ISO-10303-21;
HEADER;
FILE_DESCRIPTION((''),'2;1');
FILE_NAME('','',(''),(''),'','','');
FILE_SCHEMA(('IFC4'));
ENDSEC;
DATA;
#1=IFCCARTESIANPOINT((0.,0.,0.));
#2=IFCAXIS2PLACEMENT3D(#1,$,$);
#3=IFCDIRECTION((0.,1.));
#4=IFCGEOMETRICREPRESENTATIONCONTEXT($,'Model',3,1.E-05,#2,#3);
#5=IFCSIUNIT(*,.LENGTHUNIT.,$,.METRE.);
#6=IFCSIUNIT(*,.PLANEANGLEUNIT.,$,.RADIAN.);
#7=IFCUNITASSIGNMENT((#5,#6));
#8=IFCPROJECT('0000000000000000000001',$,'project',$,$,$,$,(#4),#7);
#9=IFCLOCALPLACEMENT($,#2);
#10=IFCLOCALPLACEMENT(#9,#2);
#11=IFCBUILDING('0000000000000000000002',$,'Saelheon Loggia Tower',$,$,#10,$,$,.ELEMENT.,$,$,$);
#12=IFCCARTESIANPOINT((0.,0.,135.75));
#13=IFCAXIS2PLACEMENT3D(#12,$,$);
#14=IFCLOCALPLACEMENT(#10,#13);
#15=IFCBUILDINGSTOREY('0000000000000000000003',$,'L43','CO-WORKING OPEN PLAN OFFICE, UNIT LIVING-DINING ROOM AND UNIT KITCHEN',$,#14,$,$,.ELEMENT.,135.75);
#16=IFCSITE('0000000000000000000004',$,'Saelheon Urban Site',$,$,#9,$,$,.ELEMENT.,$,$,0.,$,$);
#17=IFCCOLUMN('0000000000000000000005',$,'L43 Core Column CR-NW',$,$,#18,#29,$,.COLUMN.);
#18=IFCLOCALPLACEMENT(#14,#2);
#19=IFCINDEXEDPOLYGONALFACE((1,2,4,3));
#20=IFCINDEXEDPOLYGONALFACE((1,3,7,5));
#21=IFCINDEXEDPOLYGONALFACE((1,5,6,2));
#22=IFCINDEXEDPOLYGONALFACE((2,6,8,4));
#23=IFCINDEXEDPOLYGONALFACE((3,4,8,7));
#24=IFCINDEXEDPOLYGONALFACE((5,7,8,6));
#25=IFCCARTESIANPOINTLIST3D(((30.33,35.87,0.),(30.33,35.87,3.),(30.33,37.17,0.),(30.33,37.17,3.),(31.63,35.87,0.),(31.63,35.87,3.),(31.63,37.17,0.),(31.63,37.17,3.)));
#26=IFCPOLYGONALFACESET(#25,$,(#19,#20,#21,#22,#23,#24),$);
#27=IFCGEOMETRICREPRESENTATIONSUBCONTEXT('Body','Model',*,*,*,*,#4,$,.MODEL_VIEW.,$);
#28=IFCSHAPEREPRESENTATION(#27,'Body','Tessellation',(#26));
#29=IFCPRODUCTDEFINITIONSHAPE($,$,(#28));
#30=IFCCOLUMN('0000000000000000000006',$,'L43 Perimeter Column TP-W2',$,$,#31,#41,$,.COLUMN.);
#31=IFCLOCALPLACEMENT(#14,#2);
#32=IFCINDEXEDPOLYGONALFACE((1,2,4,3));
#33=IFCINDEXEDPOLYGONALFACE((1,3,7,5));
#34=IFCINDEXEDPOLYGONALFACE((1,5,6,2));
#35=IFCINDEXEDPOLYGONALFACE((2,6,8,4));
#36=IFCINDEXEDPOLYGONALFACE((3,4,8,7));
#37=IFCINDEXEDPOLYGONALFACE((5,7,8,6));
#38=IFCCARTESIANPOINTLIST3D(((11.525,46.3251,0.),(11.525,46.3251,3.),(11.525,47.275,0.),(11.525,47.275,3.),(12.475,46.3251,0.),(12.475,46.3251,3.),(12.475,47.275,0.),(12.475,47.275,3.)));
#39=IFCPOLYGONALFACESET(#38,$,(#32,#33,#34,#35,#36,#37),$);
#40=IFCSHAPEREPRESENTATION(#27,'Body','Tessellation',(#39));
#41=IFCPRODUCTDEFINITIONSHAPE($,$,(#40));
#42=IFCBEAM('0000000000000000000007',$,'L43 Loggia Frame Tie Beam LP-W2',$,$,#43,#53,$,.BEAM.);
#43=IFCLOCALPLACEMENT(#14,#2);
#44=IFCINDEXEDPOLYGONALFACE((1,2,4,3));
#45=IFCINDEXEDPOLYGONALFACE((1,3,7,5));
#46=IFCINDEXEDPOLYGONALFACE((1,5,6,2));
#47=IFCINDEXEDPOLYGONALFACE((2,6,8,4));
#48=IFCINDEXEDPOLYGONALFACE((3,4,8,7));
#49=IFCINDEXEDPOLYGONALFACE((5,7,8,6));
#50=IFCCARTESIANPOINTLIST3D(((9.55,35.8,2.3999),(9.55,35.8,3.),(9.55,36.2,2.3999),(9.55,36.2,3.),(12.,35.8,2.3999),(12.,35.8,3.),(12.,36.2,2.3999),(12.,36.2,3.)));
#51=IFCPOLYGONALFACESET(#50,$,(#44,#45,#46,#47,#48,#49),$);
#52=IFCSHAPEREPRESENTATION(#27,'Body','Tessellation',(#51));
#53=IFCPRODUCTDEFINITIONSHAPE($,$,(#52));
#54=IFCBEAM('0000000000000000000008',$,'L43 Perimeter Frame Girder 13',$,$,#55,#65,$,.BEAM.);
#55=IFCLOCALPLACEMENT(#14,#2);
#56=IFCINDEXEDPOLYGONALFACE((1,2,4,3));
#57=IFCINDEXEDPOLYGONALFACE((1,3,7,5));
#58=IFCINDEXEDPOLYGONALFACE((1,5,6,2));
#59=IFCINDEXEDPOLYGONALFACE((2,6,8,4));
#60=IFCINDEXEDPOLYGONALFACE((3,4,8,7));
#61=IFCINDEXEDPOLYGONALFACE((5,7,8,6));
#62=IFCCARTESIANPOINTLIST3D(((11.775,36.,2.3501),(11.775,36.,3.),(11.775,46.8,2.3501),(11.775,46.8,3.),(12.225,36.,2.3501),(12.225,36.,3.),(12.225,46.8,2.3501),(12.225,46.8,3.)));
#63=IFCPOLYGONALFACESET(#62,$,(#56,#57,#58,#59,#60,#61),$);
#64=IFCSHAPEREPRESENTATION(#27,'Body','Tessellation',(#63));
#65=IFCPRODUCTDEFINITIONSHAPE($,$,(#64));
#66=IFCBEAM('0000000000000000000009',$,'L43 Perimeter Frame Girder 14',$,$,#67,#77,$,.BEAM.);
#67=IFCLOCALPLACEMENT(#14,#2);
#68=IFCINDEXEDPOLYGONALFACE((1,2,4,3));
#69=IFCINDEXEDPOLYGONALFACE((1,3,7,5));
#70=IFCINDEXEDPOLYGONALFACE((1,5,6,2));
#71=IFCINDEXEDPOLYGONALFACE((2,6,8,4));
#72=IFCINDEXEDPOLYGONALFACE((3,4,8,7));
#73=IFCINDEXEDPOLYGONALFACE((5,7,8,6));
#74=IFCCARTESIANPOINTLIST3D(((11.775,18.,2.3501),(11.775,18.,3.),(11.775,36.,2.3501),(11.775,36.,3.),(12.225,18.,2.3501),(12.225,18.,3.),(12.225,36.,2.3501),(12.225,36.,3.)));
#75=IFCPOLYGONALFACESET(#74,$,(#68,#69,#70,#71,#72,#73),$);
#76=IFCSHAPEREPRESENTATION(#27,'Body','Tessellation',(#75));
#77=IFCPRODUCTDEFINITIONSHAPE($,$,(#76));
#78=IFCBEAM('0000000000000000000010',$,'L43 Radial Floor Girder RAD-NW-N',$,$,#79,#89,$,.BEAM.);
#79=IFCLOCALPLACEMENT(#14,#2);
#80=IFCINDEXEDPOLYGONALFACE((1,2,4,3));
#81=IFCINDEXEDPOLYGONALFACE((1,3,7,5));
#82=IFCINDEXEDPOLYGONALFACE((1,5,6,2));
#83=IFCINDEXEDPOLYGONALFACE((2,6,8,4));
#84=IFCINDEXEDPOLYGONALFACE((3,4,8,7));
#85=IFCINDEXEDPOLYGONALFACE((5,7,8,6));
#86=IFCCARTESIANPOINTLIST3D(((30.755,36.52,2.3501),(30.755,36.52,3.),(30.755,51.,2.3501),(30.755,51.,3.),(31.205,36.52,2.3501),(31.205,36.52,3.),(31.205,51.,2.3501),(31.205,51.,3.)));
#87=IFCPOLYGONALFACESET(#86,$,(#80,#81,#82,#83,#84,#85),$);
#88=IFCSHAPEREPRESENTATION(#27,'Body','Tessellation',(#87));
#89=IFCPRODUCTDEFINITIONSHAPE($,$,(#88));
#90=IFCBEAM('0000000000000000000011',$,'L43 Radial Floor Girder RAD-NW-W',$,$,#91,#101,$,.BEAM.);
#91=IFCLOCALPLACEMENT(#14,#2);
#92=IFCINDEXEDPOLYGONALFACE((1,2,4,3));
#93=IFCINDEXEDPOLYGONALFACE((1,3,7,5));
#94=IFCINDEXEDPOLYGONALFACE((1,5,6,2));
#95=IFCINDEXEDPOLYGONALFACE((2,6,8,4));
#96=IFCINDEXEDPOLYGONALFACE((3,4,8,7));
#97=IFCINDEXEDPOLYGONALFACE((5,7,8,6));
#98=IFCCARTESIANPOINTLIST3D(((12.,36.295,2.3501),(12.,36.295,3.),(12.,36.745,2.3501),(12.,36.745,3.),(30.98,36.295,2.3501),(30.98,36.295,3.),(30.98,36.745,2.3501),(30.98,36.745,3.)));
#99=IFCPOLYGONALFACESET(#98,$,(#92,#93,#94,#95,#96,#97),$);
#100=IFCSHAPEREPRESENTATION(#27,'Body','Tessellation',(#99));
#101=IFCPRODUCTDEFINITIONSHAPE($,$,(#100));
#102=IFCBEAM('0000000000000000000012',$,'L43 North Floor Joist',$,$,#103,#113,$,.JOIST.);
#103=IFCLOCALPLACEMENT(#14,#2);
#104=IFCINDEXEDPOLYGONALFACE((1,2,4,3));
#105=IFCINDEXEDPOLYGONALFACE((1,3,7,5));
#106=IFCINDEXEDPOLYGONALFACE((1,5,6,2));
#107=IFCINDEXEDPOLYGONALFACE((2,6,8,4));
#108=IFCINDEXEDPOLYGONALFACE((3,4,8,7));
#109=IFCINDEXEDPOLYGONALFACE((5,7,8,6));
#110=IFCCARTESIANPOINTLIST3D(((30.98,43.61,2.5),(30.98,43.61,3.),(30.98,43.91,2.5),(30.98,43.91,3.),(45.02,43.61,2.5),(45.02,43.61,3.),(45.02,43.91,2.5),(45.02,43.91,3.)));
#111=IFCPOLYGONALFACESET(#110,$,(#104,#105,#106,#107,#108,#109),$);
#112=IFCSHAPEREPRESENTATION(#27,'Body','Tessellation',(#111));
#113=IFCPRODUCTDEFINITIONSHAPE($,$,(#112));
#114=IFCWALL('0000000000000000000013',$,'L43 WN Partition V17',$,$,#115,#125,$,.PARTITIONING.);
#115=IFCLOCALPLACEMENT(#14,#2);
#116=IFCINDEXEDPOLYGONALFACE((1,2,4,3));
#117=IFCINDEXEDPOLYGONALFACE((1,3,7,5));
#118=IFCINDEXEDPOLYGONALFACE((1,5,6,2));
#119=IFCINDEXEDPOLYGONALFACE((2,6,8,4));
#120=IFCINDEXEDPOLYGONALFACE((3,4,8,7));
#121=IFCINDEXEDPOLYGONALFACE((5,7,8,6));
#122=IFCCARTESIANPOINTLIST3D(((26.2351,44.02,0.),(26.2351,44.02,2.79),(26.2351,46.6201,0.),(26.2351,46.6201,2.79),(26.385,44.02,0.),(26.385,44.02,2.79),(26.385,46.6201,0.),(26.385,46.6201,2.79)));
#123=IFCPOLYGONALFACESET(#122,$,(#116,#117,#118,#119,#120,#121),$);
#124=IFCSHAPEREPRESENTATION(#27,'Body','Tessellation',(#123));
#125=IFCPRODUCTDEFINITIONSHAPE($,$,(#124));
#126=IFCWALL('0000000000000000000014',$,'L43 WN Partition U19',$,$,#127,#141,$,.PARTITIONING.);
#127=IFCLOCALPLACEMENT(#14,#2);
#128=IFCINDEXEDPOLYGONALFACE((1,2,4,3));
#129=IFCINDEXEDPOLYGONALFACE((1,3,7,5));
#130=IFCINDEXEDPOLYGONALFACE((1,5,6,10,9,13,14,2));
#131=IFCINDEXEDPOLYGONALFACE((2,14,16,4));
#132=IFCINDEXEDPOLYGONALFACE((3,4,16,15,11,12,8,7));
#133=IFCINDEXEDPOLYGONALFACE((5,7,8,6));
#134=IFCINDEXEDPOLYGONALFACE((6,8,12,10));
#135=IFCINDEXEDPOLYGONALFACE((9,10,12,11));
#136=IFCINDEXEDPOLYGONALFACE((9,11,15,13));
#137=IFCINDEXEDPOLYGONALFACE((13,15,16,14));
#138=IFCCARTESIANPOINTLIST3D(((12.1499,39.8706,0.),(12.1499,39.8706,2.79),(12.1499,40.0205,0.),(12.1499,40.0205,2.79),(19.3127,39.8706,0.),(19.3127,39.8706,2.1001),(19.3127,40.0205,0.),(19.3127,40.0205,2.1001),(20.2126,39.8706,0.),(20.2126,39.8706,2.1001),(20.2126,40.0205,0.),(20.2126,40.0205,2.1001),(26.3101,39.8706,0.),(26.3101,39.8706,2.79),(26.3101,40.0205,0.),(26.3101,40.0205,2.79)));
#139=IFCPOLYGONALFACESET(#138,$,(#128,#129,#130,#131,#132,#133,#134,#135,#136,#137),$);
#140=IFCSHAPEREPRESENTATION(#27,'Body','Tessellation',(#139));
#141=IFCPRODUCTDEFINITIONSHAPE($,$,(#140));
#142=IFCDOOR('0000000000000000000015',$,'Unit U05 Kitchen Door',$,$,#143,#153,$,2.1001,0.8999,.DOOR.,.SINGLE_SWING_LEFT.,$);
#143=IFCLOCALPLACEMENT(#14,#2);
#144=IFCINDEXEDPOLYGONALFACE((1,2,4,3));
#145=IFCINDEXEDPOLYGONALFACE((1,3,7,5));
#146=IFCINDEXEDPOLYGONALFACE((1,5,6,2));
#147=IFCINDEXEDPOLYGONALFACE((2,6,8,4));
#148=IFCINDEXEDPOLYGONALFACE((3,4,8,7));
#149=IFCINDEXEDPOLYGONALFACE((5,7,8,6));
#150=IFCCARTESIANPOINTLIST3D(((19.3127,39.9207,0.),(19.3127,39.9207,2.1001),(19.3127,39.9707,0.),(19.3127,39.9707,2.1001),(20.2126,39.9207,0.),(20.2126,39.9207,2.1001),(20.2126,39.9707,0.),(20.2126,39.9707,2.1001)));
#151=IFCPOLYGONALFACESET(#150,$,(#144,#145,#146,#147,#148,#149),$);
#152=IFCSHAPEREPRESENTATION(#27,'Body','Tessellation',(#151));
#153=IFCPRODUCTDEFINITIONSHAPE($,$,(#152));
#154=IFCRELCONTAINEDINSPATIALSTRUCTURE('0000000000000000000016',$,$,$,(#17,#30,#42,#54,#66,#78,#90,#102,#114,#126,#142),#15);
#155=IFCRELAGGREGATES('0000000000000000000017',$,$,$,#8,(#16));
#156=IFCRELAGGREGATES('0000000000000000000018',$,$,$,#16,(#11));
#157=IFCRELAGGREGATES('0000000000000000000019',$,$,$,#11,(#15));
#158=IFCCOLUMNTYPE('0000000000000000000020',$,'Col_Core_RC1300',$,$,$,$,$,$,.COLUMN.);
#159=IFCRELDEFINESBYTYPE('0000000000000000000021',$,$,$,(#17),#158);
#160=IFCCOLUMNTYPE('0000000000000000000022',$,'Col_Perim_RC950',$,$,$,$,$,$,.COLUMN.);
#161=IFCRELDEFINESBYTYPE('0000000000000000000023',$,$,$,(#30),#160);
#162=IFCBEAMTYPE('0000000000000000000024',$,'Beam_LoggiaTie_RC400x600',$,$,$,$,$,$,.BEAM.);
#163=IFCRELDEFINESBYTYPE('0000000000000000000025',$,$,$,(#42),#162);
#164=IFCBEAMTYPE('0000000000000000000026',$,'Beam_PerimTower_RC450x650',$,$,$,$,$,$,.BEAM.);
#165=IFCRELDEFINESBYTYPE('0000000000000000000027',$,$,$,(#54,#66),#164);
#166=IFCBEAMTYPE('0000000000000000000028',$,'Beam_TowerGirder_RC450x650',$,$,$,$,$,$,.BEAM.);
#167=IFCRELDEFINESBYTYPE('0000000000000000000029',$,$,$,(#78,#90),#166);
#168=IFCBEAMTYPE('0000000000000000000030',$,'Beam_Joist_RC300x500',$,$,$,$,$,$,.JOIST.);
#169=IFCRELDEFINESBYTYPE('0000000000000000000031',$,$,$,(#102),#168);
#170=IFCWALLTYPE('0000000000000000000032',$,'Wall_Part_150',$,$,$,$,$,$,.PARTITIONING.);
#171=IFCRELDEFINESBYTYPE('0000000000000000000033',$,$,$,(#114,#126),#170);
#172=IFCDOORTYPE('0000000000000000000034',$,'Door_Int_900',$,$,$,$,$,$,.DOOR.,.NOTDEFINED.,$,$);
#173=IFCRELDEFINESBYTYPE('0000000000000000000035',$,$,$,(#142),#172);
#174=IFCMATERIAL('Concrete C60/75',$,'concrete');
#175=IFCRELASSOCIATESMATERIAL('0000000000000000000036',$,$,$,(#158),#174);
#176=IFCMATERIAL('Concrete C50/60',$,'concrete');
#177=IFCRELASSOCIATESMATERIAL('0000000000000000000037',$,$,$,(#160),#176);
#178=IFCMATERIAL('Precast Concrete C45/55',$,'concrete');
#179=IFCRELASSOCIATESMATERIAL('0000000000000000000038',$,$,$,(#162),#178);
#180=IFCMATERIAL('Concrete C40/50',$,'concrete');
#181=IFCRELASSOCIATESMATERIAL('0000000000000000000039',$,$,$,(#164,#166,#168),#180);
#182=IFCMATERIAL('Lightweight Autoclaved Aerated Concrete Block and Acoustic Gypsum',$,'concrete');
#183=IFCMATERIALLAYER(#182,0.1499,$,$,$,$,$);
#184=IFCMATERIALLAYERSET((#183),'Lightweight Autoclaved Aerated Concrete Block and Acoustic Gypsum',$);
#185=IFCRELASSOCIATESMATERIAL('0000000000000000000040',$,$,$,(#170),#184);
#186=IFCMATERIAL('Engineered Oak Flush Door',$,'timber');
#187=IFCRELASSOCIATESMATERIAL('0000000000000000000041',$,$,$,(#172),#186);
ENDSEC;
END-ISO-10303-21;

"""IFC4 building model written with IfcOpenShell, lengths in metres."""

from ifc_helpers import new_model, si_unit, direction, frame, frame_2d, origin, origin_2d, place, context, subcontext, project, spatial, rectangle, extrude, source, transform, mapped, material, layer, layer_set, material_profile, profile_set, type_object, element, fill, save


model = new_model("IFC4")

# Units and contexts
model_context = context("Model", 3, precision=1e-05, world=origin(), true_north=direction((0.0, 1.0)))
body_context = subcontext(model_context, "Body", "Model", "MODEL_VIEW")
ifc_project = project(units=[si_unit("LENGTHUNIT", "METRE"), si_unit("PLANEANGLEUNIT", "RADIAN")], contexts=[model_context])

# Site, building, storey
site_placement = place(None, origin())
site = spatial("IfcSite", under=ifc_project, at=site_placement, Name="Saelheon Urban Site", CompositionType="ELEMENT", RefElevation=0.0)
building_placement = place(site_placement, origin())
building = spatial("IfcBuilding", under=site, at=building_placement, Name="Saelheon Loggia Tower", CompositionType="ELEMENT")
storey_placement = place(building_placement, frame((0.0, 0.0, 135.75)))
storey = spatial("IfcBuildingStorey", under=building, at=storey_placement, Name="L43", Description="CO-WORKING OPEN PLAN OFFICE, UNIT LIVING-DINING ROOM AND UNIT KITCHEN", CompositionType="ELEMENT", Elevation=135.75)

# Columns
ifc_material_1 = material(Name="Concrete C60/75", Category="concrete")
ifc_material_profile_1 = material_profile(ifc_material_1, rectangle(XDim=1.3, YDim=1.3, at=origin_2d()), Name="RC-1300x1300")
ifc_profile_set_1 = profile_set([ifc_material_profile_1], Name="Concrete C60/75")
column_type_1 = type_object("IfcColumnType", Name="Col_Core_RC1300", PredefinedType="COLUMN", material=ifc_profile_set_1)
shared_shape_1 = source(origin(), body_context, "Body", "SweptSolid", [
    extrude(rectangle(XDim=1.3, YDim=1.3, at=origin_2d()), origin(), (0.0, 0.0, 1.0), 3.0),
])
column_1_placement = place(storey_placement, frame((30.98, 36.52, 0.0), z_axis=(0.0, 0.0, 1.0), x_axis=(1.0, 0.0, 0.0)))
element("IfcColumn", 1, at=column_1_placement, inside=storey, type_object=column_type_1, Name="L43 Core Column CR-NW", PredefinedType="COLUMN", context=body_context, shape_type="MappedRepresentation", body=[
    mapped(shared_shape_1, transform((0.0, 0.0, 0.0), scale=1.0)),
])
ifc_material_2 = material(Name="Concrete C50/60", Category="concrete")
ifc_material_profile_2 = material_profile(ifc_material_2, rectangle(XDim=0.95, YDim=0.95, at=origin_2d()), Name="RC-950x950")
ifc_profile_set_2 = profile_set([ifc_material_profile_2], Name="Concrete C50/60")
column_type_2 = type_object("IfcColumnType", Name="Col_Perim_RC950", PredefinedType="COLUMN", material=ifc_profile_set_2)
shared_shape_2 = source(origin(), body_context, "Body", "SweptSolid", [
    extrude(rectangle(XDim=0.95, YDim=0.95, at=origin_2d()), origin(), (0.0, 0.0, 1.0), 3.0),
])
column_2_placement = place(storey_placement, frame((12.0, 46.8, 0.0), z_axis=(0.0, 0.0, 1.0), x_axis=(1.0, 0.0, 0.0)))
element("IfcColumn", 2, at=column_2_placement, inside=storey, type_object=column_type_2, Name="L43 Perimeter Column TP-W2", PredefinedType="COLUMN", context=body_context, shape_type="MappedRepresentation", body=[
    mapped(shared_shape_2, transform((0.0, 0.0, 0.0), scale=1.0)),
])

# Beams
ifc_material_3 = material(Name="Precast Concrete C45/55", Category="concrete")
ifc_material_profile_3 = material_profile(ifc_material_3, rectangle(XDim=0.3999, YDim=0.6001, at=origin_2d()), Name="RC-400x600")
ifc_profile_set_3 = profile_set([ifc_material_profile_3], Name="Precast Concrete C45/55")
beam_type_1 = type_object("IfcBeamType", Name="Beam_LoggiaTie_RC400x600", PredefinedType="BEAM", material=ifc_profile_set_3)
shared_shape_3 = source(origin(), body_context, "Body", "SweptSolid", [
    extrude(rectangle(XDim=0.3999, YDim=0.6001, at=origin_2d()), origin(), (0.0, 0.0, 1.0), 2.45),
])
beam_1_placement = place(storey_placement, frame((12.0, 36.0, 2.7), z_axis=(-1.0, 0.0, 0.0), x_axis=(0.0, -1.0, 0.0)))
element("IfcBeam", 3, at=beam_1_placement, inside=storey, type_object=beam_type_1, Name="L43 Loggia Frame Tie Beam LP-W2", PredefinedType="BEAM", context=body_context, shape_type="MappedRepresentation", body=[
    mapped(shared_shape_3, transform((0.0, 0.0, 0.0), scale=1.0)),
])
ifc_material_4 = material(Name="Concrete C40/50", Category="concrete")
ifc_material_profile_4 = material_profile(ifc_material_4, rectangle(XDim=0.45, YDim=0.6499, at=origin_2d()), Name="RC-450x650")
ifc_profile_set_4 = profile_set([ifc_material_profile_4], Name="Concrete C40/50")
beam_type_2 = type_object("IfcBeamType", Name="Beam_PerimTower_RC450x650", PredefinedType="BEAM", material=ifc_profile_set_4)
shared_shape_4 = source(origin(), body_context, "Body", "SweptSolid", [
    extrude(rectangle(XDim=0.45, YDim=0.6499, at=origin_2d()), origin(), (0.0, 0.0, 1.0), 10.8),
])
beam_2_placement = place(storey_placement, frame((12.0, 46.8, 2.675), z_axis=(0.0, -1.0, 0.0), x_axis=(1.0, 0.0, 0.0)))
element("IfcBeam", 4, at=beam_2_placement, inside=storey, type_object=beam_type_2, Name="L43 Perimeter Frame Girder 13", PredefinedType="BEAM", context=body_context, shape_type="MappedRepresentation", body=[
    mapped(shared_shape_4, transform((0.0, 0.0, 0.0), scale=1.0)),
])
shared_shape_5 = source(origin(), body_context, "Body", "SweptSolid", [
    extrude(rectangle(XDim=0.45, YDim=0.6499, at=origin_2d()), origin(), (0.0, 0.0, 1.0), 18.0),
])
beam_3_placement = place(storey_placement, frame((12.0, 36.0, 2.675), z_axis=(0.0, -1.0, 0.0), x_axis=(1.0, 0.0, 0.0)))
element("IfcBeam", 5, at=beam_3_placement, inside=storey, type_object=beam_type_2, Name="L43 Perimeter Frame Girder 14", PredefinedType="BEAM", context=body_context, shape_type="MappedRepresentation", body=[
    mapped(shared_shape_5, transform((0.0, 0.0, 0.0), scale=1.0)),
])
ifc_material_profile_5 = material_profile(ifc_material_4, rectangle(XDim=0.45, YDim=0.6499, at=origin_2d()), Name="RC-450x650")
ifc_profile_set_5 = profile_set([ifc_material_profile_5], Name="Concrete C40/50")
beam_type_3 = type_object("IfcBeamType", Name="Beam_TowerGirder_RC450x650", PredefinedType="BEAM", material=ifc_profile_set_5)
shared_shape_6 = source(origin(), body_context, "Body", "SweptSolid", [
    extrude(rectangle(XDim=0.45, YDim=0.6499, at=origin_2d()), origin(), (0.0, 0.0, 1.0), 14.48),
])
beam_4_placement = place(storey_placement, frame((30.98, 36.52, 2.675), z_axis=(0.0, 1.0, 0.0), x_axis=(-1.0, 0.0, 0.0)))
element("IfcBeam", 6, at=beam_4_placement, inside=storey, type_object=beam_type_3, Name="L43 Radial Floor Girder RAD-NW-N", PredefinedType="BEAM", context=body_context, shape_type="MappedRepresentation", body=[
    mapped(shared_shape_6, transform((0.0, 0.0, 0.0), scale=1.0)),
])
shared_shape_7 = source(origin(), body_context, "Body", "SweptSolid", [
    extrude(rectangle(XDim=0.45, YDim=0.6499, at=origin_2d()), origin(), (0.0, 0.0, 1.0), 18.98),
])
beam_5_placement = place(storey_placement, frame((30.98, 36.52, 2.675), z_axis=(-1.0, 0.0, 0.0), x_axis=(0.0, -1.0, 0.0)))
element("IfcBeam", 7, at=beam_5_placement, inside=storey, type_object=beam_type_3, Name="L43 Radial Floor Girder RAD-NW-W", PredefinedType="BEAM", context=body_context, shape_type="MappedRepresentation", body=[
    mapped(shared_shape_7, transform((0.0, 0.0, 0.0), scale=1.0)),
])
ifc_material_profile_6 = material_profile(ifc_material_4, rectangle(XDim=0.3, YDim=0.5, at=origin_2d()), Name="RC-300x500")
ifc_profile_set_6 = profile_set([ifc_material_profile_6], Name="Concrete C40/50")
beam_type_4 = type_object("IfcBeamType", Name="Beam_Joist_RC300x500", PredefinedType="JOIST", material=ifc_profile_set_6)
shared_shape_8 = source(origin(), body_context, "Body", "SweptSolid", [
    extrude(rectangle(XDim=0.3, YDim=0.5, at=origin_2d()), origin(), (0.0, 0.0, 1.0), 14.04),
])
beam_6_placement = place(storey_placement, frame((30.98, 43.76, 2.75), z_axis=(1.0, 0.0, 0.0), x_axis=(0.0, 1.0, 0.0)))
element("IfcBeam", 8, at=beam_6_placement, inside=storey, type_object=beam_type_4, Name="L43 North Floor Joist", PredefinedType="JOIST", context=body_context, shape_type="MappedRepresentation", body=[
    mapped(shared_shape_8, transform((0.0, 0.0, 0.0), scale=1.0)),
])

# Wall
ifc_material_5 = material(Name="Lightweight Autoclaved Aerated Concrete Block and Acoustic Gypsum", Category="concrete")
ifc_layer_1 = layer(ifc_material_5, 0.1499)
ifc_layer_set_1 = layer_set([ifc_layer_1], Name="Lightweight Autoclaved Aerated Concrete Block and Acoustic Gypsum")
wall_type_1 = type_object("IfcWallType", Name="Wall_Part_150", PredefinedType="PARTITIONING", material=ifc_layer_set_1)
wall_1_placement = place(storey_placement, frame((26.3101, 44.02, 0.0), z_axis=(0.0, 0.0, 1.0), x_axis=(0.0, 1.0, 0.0)))
element("IfcWall", 9, at=wall_1_placement, inside=storey, type_object=wall_type_1, Name="L43 WN Partition V17", PredefinedType="PARTITIONING", context=body_context, shape_type="SweptSolid", body=[
    extrude(rectangle(XDim=2.6001, YDim=0.1499, at=frame_2d((1.3, 0.0))), origin(), (0.0, 0.0, 1.0), 2.79),
])

# Wall, opening, door
wall_2_placement = place(storey_placement, frame((26.3101, 39.9456, 0.0), z_axis=(0.0, 0.0, 1.0), x_axis=(-1.0, 0.0, 0.0)))
wall_2 = element("IfcWall", 10, at=wall_2_placement, inside=storey, type_object=wall_type_1, Name="L43 WN Partition U19", PredefinedType="PARTITIONING", context=body_context, shape_type="SweptSolid", body=[
    extrude(rectangle(XDim=14.1602, YDim=0.1499, at=frame_2d((7.0801, 0.0))), origin(), (0.0, 0.0, 1.0), 2.79),
])
opening_1_placement = place(wall_2_placement, frame((6.0974, 0.0, 0.0)))
opening_1 = element("IfcOpeningElement", 11, at=opening_1_placement, cuts=wall_2, PredefinedType="OPENING", context=body_context, shape_type="SweptSolid", body=[
    extrude(rectangle(XDim=0.8999, YDim=2.1001, at=frame_2d((0.45, 1.05))), frame((0.0, 0.0869, 0.0), z_axis=(0.0, -1.0, 0.0), x_axis=(1.0, 0.0, 0.0)), (0.0, 0.0, 1.0), 0.1738),
])
ifc_material_6 = material(Name="Engineered Oak Flush Door", Category="timber")
door_type_1 = type_object("IfcDoorType", Name="Door_Int_900", OperationType="NOTDEFINED", PredefinedType="DOOR", material=ifc_material_6)
shared_shape_9 = source(origin(), body_context, "Body", "SweptSolid", [
    extrude(rectangle(XDim=0.8999, YDim=2.1001, at=frame_2d((0.45, 1.05))), frame((0.0, 0.0249, 0.0), z_axis=(0.0, -1.0, 0.0), x_axis=(1.0, 0.0, 0.0)), (0.0, 0.0, 1.0), 0.05),
])
door_1_placement = place(opening_1_placement, origin())
door_1 = element("IfcDoor", 12, at=door_1_placement, inside=storey, type_object=door_type_1, Name="Unit U05 Kitchen Door", OperationType="SINGLE_SWING_LEFT", OverallHeight=2.1001, OverallWidth=0.8999, PredefinedType="DOOR", context=body_context, shape_type="MappedRepresentation", body=[
    mapped(shared_shape_9, transform((0.0, 0.0, 0.0), scale=1.0)),
])
fill(opening_1, door_1)

save(model, "model.ifc")
